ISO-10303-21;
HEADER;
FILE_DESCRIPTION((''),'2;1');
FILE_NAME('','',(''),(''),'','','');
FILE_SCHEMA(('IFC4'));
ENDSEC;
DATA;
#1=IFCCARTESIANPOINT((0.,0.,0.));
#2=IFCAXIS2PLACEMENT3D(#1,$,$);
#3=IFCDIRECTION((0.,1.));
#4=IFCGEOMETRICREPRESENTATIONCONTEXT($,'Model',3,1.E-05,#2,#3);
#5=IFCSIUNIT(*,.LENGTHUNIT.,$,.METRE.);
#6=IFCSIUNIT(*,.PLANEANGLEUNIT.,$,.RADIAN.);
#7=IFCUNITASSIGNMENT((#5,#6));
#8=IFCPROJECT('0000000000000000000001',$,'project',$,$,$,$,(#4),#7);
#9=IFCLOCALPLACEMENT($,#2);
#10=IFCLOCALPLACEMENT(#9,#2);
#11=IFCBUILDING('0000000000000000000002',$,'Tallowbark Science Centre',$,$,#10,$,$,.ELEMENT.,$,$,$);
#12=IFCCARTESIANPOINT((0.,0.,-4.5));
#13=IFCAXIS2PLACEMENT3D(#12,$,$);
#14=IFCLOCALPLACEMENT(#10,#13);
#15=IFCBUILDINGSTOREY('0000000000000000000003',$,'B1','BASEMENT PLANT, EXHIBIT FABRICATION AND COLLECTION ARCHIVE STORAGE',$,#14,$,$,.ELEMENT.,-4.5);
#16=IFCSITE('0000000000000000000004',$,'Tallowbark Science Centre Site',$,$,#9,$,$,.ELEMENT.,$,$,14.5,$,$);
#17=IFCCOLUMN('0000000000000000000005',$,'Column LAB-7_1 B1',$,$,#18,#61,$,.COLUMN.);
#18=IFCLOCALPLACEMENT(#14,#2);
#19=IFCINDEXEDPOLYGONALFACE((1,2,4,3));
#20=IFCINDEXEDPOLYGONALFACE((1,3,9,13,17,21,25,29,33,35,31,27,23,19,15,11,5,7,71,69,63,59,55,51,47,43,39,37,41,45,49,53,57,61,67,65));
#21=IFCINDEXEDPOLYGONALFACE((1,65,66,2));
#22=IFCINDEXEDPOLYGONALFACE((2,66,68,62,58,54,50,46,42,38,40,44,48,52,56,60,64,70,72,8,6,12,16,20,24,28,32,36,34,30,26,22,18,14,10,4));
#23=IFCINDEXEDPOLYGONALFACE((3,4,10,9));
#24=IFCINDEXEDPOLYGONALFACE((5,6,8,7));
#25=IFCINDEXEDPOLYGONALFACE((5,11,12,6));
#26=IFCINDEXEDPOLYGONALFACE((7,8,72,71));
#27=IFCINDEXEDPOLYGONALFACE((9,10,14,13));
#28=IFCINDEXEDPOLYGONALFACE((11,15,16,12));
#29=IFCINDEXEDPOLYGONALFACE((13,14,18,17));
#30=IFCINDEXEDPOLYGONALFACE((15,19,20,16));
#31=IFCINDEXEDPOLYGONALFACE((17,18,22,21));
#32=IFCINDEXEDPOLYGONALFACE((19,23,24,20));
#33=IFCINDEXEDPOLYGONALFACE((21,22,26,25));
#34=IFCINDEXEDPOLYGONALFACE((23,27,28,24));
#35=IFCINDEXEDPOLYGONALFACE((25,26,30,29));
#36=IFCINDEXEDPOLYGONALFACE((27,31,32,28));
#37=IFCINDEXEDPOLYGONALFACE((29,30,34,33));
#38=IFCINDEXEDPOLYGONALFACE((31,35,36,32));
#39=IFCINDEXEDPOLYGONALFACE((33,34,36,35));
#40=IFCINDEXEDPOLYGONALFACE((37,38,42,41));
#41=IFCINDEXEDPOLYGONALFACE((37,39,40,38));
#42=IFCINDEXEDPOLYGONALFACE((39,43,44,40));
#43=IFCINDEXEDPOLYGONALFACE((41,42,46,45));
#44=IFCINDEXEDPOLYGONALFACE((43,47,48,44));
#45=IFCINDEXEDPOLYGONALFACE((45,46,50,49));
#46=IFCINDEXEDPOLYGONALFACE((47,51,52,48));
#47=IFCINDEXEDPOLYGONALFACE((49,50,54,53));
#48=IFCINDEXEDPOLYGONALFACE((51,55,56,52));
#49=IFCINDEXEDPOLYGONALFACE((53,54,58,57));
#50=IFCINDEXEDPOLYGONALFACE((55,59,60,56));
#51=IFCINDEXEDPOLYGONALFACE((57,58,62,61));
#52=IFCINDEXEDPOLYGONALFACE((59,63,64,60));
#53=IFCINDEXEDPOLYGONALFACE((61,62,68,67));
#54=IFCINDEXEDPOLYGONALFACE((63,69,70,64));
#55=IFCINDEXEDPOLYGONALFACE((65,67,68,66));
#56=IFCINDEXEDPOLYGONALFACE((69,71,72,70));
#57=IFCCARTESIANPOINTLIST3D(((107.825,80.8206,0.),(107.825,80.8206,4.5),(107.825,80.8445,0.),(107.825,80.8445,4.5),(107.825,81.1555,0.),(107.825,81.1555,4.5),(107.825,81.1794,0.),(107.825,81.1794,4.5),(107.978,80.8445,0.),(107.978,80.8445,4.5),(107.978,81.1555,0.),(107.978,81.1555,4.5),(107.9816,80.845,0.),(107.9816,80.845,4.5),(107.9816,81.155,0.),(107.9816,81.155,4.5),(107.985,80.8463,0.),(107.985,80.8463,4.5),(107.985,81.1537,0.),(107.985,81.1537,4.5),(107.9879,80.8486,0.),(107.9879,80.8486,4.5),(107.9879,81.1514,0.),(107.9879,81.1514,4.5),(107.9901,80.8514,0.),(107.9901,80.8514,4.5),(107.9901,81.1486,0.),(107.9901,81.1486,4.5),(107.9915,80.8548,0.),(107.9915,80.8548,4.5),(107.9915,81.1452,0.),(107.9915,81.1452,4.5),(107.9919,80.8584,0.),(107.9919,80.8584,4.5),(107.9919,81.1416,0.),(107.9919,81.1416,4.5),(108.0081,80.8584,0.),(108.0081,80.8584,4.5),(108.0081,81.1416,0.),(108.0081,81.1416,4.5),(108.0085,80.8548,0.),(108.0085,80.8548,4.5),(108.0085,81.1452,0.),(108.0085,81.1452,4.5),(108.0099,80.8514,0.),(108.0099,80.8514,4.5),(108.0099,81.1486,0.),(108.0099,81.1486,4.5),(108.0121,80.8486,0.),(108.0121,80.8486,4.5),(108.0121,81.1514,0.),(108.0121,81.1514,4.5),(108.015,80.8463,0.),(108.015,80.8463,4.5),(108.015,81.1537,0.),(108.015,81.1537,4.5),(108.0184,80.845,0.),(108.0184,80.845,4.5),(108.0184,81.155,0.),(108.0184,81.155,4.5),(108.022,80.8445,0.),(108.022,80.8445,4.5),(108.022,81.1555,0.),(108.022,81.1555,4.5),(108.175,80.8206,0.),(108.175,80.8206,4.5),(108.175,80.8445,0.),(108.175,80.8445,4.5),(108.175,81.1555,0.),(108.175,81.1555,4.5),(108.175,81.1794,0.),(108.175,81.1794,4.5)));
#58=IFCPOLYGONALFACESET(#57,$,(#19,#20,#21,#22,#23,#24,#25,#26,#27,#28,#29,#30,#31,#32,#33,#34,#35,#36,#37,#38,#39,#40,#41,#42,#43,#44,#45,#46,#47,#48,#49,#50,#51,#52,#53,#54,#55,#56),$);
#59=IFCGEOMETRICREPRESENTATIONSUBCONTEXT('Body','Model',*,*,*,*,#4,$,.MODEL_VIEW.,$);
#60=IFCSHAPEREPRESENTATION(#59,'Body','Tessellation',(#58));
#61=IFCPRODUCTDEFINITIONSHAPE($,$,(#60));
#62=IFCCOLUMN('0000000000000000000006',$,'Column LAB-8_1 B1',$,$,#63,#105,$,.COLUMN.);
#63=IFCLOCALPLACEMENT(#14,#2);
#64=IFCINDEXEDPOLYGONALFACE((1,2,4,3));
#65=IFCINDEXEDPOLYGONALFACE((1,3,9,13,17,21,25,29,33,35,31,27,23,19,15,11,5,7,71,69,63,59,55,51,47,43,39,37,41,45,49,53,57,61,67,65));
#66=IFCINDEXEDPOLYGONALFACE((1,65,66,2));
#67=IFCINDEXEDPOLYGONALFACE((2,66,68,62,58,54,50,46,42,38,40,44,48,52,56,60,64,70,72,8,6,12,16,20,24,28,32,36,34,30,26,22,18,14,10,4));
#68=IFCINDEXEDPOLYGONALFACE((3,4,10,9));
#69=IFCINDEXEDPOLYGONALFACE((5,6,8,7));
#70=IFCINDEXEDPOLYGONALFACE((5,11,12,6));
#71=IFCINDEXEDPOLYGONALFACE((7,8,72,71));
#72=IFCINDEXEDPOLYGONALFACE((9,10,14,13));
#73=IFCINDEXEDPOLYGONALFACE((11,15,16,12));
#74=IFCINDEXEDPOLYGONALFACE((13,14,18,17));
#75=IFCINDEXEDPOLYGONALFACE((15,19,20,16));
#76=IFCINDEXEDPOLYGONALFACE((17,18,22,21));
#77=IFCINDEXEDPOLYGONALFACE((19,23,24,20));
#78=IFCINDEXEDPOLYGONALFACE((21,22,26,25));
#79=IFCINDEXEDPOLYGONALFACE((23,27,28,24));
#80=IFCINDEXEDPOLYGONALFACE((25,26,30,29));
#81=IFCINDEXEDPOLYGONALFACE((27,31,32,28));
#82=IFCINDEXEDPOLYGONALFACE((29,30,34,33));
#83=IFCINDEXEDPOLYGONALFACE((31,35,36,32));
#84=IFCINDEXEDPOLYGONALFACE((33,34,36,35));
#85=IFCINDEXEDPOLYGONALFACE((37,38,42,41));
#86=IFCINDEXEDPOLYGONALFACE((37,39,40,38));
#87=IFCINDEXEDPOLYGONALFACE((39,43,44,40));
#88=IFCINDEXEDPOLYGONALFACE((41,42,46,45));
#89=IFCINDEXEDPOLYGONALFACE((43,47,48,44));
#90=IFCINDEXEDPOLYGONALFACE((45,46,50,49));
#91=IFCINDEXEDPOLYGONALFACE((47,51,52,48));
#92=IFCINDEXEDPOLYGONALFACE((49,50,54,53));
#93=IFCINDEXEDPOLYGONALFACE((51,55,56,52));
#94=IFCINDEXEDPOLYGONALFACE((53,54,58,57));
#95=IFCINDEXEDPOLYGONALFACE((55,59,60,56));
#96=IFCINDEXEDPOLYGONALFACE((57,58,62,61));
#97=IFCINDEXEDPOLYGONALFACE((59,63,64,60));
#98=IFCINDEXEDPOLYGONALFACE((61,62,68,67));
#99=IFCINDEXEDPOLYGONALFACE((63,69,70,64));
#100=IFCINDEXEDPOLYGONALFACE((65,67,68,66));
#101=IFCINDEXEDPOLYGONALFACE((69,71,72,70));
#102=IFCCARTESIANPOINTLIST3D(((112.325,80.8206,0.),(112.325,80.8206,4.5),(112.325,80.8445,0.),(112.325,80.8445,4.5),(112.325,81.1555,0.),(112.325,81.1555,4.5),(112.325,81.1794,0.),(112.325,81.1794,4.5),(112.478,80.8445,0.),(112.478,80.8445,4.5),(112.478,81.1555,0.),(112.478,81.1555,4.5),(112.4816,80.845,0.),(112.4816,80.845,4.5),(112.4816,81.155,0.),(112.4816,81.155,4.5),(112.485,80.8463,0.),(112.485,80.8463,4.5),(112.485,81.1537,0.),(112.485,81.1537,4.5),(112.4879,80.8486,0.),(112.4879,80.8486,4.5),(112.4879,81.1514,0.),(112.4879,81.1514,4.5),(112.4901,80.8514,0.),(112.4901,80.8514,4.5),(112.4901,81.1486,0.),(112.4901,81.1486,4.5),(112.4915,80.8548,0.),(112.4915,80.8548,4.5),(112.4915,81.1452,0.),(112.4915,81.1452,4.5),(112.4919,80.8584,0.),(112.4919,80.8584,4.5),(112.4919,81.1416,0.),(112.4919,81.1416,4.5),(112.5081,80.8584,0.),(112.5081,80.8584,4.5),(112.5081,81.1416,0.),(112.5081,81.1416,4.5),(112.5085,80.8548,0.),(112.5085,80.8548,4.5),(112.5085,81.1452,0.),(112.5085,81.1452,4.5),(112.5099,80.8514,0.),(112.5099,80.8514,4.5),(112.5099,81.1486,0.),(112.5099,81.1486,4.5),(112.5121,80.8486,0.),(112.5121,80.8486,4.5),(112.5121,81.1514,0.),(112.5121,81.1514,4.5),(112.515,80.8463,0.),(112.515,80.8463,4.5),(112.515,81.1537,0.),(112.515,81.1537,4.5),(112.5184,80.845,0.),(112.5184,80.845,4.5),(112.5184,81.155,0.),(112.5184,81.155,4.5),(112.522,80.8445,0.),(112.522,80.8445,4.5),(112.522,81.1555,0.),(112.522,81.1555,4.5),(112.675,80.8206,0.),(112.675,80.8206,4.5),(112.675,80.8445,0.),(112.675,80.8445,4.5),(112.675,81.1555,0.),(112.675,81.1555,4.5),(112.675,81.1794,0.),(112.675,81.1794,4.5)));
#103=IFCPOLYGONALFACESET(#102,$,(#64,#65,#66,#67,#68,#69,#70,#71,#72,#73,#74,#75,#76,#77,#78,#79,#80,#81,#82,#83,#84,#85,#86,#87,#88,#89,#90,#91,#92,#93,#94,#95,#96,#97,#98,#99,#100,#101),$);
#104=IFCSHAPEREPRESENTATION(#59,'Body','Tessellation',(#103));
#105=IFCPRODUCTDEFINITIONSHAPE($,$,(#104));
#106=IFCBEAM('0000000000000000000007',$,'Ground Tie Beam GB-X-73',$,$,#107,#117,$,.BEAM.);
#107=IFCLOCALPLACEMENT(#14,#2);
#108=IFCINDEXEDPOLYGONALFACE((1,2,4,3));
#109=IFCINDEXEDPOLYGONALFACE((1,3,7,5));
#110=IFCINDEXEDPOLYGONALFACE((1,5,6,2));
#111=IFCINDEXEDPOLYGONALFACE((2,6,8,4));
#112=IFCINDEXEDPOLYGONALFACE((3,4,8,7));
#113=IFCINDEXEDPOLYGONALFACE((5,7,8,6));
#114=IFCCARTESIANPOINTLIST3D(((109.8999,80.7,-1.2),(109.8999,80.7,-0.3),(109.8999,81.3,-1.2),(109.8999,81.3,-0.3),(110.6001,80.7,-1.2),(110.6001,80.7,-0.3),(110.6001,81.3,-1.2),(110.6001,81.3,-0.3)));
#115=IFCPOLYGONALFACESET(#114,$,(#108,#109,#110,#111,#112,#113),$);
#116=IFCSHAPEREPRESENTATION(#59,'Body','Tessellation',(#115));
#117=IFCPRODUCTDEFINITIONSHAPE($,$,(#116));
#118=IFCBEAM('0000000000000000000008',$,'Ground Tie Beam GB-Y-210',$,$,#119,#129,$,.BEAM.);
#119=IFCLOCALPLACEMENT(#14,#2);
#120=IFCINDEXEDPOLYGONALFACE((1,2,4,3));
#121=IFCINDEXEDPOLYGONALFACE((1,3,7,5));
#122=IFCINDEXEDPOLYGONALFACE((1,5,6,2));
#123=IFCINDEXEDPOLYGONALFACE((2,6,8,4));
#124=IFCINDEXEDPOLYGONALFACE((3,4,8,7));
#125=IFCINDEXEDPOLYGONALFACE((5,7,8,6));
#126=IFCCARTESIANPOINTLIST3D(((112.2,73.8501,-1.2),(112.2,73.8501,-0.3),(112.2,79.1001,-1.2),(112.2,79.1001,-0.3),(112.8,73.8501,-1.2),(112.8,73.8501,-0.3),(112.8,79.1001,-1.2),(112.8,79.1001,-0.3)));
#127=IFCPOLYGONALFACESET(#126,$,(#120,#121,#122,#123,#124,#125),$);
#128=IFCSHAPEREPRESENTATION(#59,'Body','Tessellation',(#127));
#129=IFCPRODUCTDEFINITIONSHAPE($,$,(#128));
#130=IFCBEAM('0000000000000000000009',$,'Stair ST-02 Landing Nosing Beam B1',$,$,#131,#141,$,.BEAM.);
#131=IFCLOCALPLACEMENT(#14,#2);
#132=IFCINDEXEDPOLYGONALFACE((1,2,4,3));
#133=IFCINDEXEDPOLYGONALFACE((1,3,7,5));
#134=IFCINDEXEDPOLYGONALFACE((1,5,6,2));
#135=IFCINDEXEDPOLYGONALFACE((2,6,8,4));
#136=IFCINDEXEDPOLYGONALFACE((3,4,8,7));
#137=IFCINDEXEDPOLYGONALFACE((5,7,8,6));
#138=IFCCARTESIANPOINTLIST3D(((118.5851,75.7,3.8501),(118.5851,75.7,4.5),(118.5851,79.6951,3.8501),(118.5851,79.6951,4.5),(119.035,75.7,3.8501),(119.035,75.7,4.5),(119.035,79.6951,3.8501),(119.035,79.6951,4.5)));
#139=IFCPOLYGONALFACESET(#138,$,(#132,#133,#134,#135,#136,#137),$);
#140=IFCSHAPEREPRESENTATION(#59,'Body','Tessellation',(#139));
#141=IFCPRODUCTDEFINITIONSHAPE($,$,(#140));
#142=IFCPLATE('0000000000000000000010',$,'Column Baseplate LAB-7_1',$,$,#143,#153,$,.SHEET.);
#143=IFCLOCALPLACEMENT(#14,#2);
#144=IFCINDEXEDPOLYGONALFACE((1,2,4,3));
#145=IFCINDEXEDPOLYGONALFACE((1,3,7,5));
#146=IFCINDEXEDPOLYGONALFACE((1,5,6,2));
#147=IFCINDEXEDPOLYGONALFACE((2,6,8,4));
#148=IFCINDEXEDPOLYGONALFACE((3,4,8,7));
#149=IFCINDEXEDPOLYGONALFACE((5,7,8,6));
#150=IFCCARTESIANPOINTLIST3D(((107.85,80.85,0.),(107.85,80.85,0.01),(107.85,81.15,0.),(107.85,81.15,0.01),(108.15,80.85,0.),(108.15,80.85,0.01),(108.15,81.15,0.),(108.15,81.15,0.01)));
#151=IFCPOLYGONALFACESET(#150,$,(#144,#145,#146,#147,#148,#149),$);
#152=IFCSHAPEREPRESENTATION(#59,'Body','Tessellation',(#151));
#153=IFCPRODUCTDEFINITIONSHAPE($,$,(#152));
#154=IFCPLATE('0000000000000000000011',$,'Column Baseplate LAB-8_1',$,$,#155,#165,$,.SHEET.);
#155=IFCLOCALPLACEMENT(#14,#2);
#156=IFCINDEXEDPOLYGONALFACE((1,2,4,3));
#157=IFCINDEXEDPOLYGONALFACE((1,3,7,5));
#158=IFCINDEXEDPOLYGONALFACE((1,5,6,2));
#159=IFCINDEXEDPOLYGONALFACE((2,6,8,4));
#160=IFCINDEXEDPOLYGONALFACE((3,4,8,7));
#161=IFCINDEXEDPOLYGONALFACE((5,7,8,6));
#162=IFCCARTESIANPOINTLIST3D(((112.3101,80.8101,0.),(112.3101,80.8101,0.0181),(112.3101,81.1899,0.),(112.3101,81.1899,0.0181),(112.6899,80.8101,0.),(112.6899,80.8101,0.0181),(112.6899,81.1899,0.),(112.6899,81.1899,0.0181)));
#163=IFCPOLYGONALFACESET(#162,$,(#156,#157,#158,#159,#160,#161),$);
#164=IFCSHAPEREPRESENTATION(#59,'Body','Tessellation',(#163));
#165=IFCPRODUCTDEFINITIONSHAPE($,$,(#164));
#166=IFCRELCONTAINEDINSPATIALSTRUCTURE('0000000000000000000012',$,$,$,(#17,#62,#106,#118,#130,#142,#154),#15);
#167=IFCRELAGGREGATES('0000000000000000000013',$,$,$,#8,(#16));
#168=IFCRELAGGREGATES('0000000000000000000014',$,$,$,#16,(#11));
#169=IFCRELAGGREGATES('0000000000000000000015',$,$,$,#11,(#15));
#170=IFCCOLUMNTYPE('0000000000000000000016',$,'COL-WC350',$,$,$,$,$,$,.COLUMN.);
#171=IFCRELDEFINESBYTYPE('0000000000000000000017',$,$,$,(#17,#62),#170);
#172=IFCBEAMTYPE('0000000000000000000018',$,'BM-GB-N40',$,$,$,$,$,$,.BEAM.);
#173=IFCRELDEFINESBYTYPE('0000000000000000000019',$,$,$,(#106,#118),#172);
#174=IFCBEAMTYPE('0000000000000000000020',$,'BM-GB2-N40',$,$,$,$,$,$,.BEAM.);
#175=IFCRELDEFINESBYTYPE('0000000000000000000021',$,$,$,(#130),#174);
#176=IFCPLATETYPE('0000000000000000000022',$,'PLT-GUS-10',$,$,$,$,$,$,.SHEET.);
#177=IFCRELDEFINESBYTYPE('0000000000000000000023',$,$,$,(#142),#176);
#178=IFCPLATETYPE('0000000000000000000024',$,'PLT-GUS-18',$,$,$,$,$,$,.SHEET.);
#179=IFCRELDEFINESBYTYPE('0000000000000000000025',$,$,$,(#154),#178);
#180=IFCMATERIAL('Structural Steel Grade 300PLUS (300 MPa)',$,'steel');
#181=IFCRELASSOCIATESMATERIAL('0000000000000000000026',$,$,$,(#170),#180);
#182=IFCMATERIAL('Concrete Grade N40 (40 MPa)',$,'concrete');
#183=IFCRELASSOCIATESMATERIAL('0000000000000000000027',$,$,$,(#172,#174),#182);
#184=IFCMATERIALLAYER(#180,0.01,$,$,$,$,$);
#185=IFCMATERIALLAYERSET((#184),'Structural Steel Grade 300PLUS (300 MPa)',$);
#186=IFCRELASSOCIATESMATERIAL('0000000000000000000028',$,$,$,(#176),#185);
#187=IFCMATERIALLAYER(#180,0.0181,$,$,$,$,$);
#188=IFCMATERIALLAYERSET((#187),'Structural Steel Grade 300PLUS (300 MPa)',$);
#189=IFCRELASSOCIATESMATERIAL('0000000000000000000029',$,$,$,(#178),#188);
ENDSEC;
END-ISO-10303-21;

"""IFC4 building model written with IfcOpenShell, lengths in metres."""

from ifc_helpers import new_model, si_unit, direction, frame, origin, origin_2d, place, context, subcontext, project, spatial, rectangle, i_section, extrude, material, layer, layer_set, material_profile, profile_set, type_object, element, save


model = new_model("IFC4")

# Units and contexts
model_context = context("Model", 3, precision=1e-05, world=origin(), true_north=direction((0.0, 1.0)))
body_context = subcontext(model_context, "Body", "Model", "MODEL_VIEW")
ifc_project = project(units=[si_unit("LENGTHUNIT", "METRE"), si_unit("PLANEANGLEUNIT", "RADIAN")], contexts=[model_context])

# Site, building, storey
site_placement = place(None, origin())
site = spatial("IfcSite", under=ifc_project, at=site_placement, Name="Tallowbark Science Centre Site", CompositionType="ELEMENT", RefElevation=14.5)
building_placement = place(site_placement, origin())
building = spatial("IfcBuilding", under=site, at=building_placement, Name="Tallowbark Science Centre", CompositionType="ELEMENT")
storey_placement = place(building_placement, frame((0.0, 0.0, -4.5)))
storey = spatial("IfcBuildingStorey", under=building, at=storey_placement, Name="B1", Description="BASEMENT PLANT, EXHIBIT FABRICATION AND COLLECTION ARCHIVE STORAGE", CompositionType="ELEMENT", Elevation=-4.5)

# Shared definitions
ifc_material_1 = material(Name="Concrete Grade N40 (40 MPa)", Category="concrete")

# Columns
ifc_material_2 = material(Name="Structural Steel Grade 300PLUS (300 MPa)", Category="steel")
ifc_material_profile_1 = material_profile(ifc_material_2, i_section(OverallWidth=0.3501, OverallDepth=0.3589, WebThickness=0.0161, FlangeThickness=0.0239, FilletRadius=0.0139, at=origin_2d()), Name="350WC197")
ifc_profile_set_1 = profile_set([ifc_material_profile_1], Name="Structural Steel Grade 300PLUS (300 MPa)")
column_type = type_object("IfcColumnType", Name="COL-WC350", PredefinedType="COLUMN", material=ifc_profile_set_1)
for number, where, z_axis, x_axis, name in (
    (1, (108.0, 81.0, 0.0), (0.0, 0.0, 1.0), (1.0, 0.0, 0.0), "Column LAB-7_1 B1"),
    (2, (112.5, 81.0, 0.0), (0.0, 0.0, 1.0), (1.0, 0.0, 0.0), "Column LAB-8_1 B1"),
):
    element("IfcColumn", number, at=place(storey_placement, frame(where, z_axis=z_axis, x_axis=x_axis)), inside=storey, type_object=column_type, Name=name, PredefinedType="COLUMN", context=body_context, shape_type="SweptSolid", body=[
        extrude(i_section(OverallWidth=0.3501, OverallDepth=0.3589, WebThickness=0.0161, FlangeThickness=0.0239, FilletRadius=0.0139, at=origin_2d()), origin(), (0.0, 0.0, 1.0), 4.5),
    ])

# Beams
ifc_material_profile_2 = material_profile(ifc_material_1, rectangle(XDim=0.6001, YDim=0.8999, at=origin_2d()), Name="RC600x900")
ifc_profile_set_2 = profile_set([ifc_material_profile_2], Name="Concrete Grade N40 (40 MPa)")
beam_type_1 = type_object("IfcBeamType", Name="BM-GB-N40", PredefinedType="BEAM", material=ifc_profile_set_2)
beam_1_placement = place(storey_placement, frame((109.8999, 81.0, -0.75), z_axis=(1.0, 0.0, 0.0), x_axis=(0.0, 1.0, 0.0)))
element("IfcBeam", 3, at=beam_1_placement, inside=storey, type_object=beam_type_1, Name="Ground Tie Beam GB-X-73", PredefinedType="BEAM", context=body_context, shape_type="SweptSolid", body=[
    extrude(rectangle(XDim=0.6001, YDim=0.8999, at=origin_2d()), origin(), (0.0, 0.0, 1.0), 0.7002),
])
beam_2_placement = place(storey_placement, frame((112.5, 73.8501, -0.75), z_axis=(0.0, 1.0, 0.0), x_axis=(-1.0, 0.0, 0.0)))
element("IfcBeam", 4, at=beam_2_placement, inside=storey, type_object=beam_type_1, Name="Ground Tie Beam GB-Y-210", PredefinedType="BEAM", context=body_context, shape_type="SweptSolid", body=[
    extrude(rectangle(XDim=0.6001, YDim=0.8999, at=origin_2d()), origin(), (0.0, 0.0, 1.0), 5.25),
])
ifc_material_profile_3 = material_profile(ifc_material_1, rectangle(XDim=0.45, YDim=0.6499, at=origin_2d()), Name="RC450x650")
ifc_profile_set_3 = profile_set([ifc_material_profile_3], Name="Concrete Grade N40 (40 MPa)")
beam_type_2 = type_object("IfcBeamType", Name="BM-GB2-N40", PredefinedType="BEAM", material=ifc_profile_set_3)
beam_3_placement = place(storey_placement, frame((118.8101, 75.7, 4.175), z_axis=(0.0, 1.0, 0.0), x_axis=(-1.0, 0.0, 0.0)))
element("IfcBeam", 5, at=beam_3_placement, inside=storey, type_object=beam_type_2, Name="Stair ST-02 Landing Nosing Beam B1", PredefinedType="BEAM", context=body_context, shape_type="SweptSolid", body=[
    extrude(rectangle(XDim=0.45, YDim=0.6499, at=origin_2d()), origin(), (0.0, 0.0, 1.0), 3.9951),
])

# Plates
ifc_layer_1 = layer(ifc_material_2, 0.01)
ifc_layer_set_1 = layer_set([ifc_layer_1], Name="Structural Steel Grade 300PLUS (300 MPa)")
plate_type_1 = type_object("IfcPlateType", Name="PLT-GUS-10", PredefinedType="SHEET", material=ifc_layer_set_1)
plate_1_placement = place(storey_placement, frame((108.0, 81.0, 0.0), z_axis=(0.0, 0.0, 1.0), x_axis=(1.0, 0.0, 0.0)))
element("IfcPlate", 6, at=plate_1_placement, inside=storey, type_object=plate_type_1, Name="Column Baseplate LAB-7_1", PredefinedType="SHEET", context=body_context, shape_type="SweptSolid", body=[
    extrude(rectangle(XDim=0.3, YDim=0.3, at=origin_2d()), origin(), (0.0, 0.0, 1.0), 0.01),
])
ifc_layer_2 = layer(ifc_material_2, 0.0181)
ifc_layer_set_2 = layer_set([ifc_layer_2], Name="Structural Steel Grade 300PLUS (300 MPa)")
plate_type_2 = type_object("IfcPlateType", Name="PLT-GUS-18", PredefinedType="SHEET", material=ifc_layer_set_2)
plate_2_placement = place(storey_placement, frame((112.5, 81.0, 0.0), z_axis=(0.0, 0.0, 1.0), x_axis=(1.0, 0.0, 0.0)))
element("IfcPlate", 7, at=plate_2_placement, inside=storey, type_object=plate_type_2, Name="Column Baseplate LAB-8_1", PredefinedType="SHEET", context=body_context, shape_type="SweptSolid", body=[
    extrude(rectangle(XDim=0.3799, YDim=0.3799, at=origin_2d()), origin(), (0.0, 0.0, 1.0), 0.0181),
])

save(model, "model.ifc")
